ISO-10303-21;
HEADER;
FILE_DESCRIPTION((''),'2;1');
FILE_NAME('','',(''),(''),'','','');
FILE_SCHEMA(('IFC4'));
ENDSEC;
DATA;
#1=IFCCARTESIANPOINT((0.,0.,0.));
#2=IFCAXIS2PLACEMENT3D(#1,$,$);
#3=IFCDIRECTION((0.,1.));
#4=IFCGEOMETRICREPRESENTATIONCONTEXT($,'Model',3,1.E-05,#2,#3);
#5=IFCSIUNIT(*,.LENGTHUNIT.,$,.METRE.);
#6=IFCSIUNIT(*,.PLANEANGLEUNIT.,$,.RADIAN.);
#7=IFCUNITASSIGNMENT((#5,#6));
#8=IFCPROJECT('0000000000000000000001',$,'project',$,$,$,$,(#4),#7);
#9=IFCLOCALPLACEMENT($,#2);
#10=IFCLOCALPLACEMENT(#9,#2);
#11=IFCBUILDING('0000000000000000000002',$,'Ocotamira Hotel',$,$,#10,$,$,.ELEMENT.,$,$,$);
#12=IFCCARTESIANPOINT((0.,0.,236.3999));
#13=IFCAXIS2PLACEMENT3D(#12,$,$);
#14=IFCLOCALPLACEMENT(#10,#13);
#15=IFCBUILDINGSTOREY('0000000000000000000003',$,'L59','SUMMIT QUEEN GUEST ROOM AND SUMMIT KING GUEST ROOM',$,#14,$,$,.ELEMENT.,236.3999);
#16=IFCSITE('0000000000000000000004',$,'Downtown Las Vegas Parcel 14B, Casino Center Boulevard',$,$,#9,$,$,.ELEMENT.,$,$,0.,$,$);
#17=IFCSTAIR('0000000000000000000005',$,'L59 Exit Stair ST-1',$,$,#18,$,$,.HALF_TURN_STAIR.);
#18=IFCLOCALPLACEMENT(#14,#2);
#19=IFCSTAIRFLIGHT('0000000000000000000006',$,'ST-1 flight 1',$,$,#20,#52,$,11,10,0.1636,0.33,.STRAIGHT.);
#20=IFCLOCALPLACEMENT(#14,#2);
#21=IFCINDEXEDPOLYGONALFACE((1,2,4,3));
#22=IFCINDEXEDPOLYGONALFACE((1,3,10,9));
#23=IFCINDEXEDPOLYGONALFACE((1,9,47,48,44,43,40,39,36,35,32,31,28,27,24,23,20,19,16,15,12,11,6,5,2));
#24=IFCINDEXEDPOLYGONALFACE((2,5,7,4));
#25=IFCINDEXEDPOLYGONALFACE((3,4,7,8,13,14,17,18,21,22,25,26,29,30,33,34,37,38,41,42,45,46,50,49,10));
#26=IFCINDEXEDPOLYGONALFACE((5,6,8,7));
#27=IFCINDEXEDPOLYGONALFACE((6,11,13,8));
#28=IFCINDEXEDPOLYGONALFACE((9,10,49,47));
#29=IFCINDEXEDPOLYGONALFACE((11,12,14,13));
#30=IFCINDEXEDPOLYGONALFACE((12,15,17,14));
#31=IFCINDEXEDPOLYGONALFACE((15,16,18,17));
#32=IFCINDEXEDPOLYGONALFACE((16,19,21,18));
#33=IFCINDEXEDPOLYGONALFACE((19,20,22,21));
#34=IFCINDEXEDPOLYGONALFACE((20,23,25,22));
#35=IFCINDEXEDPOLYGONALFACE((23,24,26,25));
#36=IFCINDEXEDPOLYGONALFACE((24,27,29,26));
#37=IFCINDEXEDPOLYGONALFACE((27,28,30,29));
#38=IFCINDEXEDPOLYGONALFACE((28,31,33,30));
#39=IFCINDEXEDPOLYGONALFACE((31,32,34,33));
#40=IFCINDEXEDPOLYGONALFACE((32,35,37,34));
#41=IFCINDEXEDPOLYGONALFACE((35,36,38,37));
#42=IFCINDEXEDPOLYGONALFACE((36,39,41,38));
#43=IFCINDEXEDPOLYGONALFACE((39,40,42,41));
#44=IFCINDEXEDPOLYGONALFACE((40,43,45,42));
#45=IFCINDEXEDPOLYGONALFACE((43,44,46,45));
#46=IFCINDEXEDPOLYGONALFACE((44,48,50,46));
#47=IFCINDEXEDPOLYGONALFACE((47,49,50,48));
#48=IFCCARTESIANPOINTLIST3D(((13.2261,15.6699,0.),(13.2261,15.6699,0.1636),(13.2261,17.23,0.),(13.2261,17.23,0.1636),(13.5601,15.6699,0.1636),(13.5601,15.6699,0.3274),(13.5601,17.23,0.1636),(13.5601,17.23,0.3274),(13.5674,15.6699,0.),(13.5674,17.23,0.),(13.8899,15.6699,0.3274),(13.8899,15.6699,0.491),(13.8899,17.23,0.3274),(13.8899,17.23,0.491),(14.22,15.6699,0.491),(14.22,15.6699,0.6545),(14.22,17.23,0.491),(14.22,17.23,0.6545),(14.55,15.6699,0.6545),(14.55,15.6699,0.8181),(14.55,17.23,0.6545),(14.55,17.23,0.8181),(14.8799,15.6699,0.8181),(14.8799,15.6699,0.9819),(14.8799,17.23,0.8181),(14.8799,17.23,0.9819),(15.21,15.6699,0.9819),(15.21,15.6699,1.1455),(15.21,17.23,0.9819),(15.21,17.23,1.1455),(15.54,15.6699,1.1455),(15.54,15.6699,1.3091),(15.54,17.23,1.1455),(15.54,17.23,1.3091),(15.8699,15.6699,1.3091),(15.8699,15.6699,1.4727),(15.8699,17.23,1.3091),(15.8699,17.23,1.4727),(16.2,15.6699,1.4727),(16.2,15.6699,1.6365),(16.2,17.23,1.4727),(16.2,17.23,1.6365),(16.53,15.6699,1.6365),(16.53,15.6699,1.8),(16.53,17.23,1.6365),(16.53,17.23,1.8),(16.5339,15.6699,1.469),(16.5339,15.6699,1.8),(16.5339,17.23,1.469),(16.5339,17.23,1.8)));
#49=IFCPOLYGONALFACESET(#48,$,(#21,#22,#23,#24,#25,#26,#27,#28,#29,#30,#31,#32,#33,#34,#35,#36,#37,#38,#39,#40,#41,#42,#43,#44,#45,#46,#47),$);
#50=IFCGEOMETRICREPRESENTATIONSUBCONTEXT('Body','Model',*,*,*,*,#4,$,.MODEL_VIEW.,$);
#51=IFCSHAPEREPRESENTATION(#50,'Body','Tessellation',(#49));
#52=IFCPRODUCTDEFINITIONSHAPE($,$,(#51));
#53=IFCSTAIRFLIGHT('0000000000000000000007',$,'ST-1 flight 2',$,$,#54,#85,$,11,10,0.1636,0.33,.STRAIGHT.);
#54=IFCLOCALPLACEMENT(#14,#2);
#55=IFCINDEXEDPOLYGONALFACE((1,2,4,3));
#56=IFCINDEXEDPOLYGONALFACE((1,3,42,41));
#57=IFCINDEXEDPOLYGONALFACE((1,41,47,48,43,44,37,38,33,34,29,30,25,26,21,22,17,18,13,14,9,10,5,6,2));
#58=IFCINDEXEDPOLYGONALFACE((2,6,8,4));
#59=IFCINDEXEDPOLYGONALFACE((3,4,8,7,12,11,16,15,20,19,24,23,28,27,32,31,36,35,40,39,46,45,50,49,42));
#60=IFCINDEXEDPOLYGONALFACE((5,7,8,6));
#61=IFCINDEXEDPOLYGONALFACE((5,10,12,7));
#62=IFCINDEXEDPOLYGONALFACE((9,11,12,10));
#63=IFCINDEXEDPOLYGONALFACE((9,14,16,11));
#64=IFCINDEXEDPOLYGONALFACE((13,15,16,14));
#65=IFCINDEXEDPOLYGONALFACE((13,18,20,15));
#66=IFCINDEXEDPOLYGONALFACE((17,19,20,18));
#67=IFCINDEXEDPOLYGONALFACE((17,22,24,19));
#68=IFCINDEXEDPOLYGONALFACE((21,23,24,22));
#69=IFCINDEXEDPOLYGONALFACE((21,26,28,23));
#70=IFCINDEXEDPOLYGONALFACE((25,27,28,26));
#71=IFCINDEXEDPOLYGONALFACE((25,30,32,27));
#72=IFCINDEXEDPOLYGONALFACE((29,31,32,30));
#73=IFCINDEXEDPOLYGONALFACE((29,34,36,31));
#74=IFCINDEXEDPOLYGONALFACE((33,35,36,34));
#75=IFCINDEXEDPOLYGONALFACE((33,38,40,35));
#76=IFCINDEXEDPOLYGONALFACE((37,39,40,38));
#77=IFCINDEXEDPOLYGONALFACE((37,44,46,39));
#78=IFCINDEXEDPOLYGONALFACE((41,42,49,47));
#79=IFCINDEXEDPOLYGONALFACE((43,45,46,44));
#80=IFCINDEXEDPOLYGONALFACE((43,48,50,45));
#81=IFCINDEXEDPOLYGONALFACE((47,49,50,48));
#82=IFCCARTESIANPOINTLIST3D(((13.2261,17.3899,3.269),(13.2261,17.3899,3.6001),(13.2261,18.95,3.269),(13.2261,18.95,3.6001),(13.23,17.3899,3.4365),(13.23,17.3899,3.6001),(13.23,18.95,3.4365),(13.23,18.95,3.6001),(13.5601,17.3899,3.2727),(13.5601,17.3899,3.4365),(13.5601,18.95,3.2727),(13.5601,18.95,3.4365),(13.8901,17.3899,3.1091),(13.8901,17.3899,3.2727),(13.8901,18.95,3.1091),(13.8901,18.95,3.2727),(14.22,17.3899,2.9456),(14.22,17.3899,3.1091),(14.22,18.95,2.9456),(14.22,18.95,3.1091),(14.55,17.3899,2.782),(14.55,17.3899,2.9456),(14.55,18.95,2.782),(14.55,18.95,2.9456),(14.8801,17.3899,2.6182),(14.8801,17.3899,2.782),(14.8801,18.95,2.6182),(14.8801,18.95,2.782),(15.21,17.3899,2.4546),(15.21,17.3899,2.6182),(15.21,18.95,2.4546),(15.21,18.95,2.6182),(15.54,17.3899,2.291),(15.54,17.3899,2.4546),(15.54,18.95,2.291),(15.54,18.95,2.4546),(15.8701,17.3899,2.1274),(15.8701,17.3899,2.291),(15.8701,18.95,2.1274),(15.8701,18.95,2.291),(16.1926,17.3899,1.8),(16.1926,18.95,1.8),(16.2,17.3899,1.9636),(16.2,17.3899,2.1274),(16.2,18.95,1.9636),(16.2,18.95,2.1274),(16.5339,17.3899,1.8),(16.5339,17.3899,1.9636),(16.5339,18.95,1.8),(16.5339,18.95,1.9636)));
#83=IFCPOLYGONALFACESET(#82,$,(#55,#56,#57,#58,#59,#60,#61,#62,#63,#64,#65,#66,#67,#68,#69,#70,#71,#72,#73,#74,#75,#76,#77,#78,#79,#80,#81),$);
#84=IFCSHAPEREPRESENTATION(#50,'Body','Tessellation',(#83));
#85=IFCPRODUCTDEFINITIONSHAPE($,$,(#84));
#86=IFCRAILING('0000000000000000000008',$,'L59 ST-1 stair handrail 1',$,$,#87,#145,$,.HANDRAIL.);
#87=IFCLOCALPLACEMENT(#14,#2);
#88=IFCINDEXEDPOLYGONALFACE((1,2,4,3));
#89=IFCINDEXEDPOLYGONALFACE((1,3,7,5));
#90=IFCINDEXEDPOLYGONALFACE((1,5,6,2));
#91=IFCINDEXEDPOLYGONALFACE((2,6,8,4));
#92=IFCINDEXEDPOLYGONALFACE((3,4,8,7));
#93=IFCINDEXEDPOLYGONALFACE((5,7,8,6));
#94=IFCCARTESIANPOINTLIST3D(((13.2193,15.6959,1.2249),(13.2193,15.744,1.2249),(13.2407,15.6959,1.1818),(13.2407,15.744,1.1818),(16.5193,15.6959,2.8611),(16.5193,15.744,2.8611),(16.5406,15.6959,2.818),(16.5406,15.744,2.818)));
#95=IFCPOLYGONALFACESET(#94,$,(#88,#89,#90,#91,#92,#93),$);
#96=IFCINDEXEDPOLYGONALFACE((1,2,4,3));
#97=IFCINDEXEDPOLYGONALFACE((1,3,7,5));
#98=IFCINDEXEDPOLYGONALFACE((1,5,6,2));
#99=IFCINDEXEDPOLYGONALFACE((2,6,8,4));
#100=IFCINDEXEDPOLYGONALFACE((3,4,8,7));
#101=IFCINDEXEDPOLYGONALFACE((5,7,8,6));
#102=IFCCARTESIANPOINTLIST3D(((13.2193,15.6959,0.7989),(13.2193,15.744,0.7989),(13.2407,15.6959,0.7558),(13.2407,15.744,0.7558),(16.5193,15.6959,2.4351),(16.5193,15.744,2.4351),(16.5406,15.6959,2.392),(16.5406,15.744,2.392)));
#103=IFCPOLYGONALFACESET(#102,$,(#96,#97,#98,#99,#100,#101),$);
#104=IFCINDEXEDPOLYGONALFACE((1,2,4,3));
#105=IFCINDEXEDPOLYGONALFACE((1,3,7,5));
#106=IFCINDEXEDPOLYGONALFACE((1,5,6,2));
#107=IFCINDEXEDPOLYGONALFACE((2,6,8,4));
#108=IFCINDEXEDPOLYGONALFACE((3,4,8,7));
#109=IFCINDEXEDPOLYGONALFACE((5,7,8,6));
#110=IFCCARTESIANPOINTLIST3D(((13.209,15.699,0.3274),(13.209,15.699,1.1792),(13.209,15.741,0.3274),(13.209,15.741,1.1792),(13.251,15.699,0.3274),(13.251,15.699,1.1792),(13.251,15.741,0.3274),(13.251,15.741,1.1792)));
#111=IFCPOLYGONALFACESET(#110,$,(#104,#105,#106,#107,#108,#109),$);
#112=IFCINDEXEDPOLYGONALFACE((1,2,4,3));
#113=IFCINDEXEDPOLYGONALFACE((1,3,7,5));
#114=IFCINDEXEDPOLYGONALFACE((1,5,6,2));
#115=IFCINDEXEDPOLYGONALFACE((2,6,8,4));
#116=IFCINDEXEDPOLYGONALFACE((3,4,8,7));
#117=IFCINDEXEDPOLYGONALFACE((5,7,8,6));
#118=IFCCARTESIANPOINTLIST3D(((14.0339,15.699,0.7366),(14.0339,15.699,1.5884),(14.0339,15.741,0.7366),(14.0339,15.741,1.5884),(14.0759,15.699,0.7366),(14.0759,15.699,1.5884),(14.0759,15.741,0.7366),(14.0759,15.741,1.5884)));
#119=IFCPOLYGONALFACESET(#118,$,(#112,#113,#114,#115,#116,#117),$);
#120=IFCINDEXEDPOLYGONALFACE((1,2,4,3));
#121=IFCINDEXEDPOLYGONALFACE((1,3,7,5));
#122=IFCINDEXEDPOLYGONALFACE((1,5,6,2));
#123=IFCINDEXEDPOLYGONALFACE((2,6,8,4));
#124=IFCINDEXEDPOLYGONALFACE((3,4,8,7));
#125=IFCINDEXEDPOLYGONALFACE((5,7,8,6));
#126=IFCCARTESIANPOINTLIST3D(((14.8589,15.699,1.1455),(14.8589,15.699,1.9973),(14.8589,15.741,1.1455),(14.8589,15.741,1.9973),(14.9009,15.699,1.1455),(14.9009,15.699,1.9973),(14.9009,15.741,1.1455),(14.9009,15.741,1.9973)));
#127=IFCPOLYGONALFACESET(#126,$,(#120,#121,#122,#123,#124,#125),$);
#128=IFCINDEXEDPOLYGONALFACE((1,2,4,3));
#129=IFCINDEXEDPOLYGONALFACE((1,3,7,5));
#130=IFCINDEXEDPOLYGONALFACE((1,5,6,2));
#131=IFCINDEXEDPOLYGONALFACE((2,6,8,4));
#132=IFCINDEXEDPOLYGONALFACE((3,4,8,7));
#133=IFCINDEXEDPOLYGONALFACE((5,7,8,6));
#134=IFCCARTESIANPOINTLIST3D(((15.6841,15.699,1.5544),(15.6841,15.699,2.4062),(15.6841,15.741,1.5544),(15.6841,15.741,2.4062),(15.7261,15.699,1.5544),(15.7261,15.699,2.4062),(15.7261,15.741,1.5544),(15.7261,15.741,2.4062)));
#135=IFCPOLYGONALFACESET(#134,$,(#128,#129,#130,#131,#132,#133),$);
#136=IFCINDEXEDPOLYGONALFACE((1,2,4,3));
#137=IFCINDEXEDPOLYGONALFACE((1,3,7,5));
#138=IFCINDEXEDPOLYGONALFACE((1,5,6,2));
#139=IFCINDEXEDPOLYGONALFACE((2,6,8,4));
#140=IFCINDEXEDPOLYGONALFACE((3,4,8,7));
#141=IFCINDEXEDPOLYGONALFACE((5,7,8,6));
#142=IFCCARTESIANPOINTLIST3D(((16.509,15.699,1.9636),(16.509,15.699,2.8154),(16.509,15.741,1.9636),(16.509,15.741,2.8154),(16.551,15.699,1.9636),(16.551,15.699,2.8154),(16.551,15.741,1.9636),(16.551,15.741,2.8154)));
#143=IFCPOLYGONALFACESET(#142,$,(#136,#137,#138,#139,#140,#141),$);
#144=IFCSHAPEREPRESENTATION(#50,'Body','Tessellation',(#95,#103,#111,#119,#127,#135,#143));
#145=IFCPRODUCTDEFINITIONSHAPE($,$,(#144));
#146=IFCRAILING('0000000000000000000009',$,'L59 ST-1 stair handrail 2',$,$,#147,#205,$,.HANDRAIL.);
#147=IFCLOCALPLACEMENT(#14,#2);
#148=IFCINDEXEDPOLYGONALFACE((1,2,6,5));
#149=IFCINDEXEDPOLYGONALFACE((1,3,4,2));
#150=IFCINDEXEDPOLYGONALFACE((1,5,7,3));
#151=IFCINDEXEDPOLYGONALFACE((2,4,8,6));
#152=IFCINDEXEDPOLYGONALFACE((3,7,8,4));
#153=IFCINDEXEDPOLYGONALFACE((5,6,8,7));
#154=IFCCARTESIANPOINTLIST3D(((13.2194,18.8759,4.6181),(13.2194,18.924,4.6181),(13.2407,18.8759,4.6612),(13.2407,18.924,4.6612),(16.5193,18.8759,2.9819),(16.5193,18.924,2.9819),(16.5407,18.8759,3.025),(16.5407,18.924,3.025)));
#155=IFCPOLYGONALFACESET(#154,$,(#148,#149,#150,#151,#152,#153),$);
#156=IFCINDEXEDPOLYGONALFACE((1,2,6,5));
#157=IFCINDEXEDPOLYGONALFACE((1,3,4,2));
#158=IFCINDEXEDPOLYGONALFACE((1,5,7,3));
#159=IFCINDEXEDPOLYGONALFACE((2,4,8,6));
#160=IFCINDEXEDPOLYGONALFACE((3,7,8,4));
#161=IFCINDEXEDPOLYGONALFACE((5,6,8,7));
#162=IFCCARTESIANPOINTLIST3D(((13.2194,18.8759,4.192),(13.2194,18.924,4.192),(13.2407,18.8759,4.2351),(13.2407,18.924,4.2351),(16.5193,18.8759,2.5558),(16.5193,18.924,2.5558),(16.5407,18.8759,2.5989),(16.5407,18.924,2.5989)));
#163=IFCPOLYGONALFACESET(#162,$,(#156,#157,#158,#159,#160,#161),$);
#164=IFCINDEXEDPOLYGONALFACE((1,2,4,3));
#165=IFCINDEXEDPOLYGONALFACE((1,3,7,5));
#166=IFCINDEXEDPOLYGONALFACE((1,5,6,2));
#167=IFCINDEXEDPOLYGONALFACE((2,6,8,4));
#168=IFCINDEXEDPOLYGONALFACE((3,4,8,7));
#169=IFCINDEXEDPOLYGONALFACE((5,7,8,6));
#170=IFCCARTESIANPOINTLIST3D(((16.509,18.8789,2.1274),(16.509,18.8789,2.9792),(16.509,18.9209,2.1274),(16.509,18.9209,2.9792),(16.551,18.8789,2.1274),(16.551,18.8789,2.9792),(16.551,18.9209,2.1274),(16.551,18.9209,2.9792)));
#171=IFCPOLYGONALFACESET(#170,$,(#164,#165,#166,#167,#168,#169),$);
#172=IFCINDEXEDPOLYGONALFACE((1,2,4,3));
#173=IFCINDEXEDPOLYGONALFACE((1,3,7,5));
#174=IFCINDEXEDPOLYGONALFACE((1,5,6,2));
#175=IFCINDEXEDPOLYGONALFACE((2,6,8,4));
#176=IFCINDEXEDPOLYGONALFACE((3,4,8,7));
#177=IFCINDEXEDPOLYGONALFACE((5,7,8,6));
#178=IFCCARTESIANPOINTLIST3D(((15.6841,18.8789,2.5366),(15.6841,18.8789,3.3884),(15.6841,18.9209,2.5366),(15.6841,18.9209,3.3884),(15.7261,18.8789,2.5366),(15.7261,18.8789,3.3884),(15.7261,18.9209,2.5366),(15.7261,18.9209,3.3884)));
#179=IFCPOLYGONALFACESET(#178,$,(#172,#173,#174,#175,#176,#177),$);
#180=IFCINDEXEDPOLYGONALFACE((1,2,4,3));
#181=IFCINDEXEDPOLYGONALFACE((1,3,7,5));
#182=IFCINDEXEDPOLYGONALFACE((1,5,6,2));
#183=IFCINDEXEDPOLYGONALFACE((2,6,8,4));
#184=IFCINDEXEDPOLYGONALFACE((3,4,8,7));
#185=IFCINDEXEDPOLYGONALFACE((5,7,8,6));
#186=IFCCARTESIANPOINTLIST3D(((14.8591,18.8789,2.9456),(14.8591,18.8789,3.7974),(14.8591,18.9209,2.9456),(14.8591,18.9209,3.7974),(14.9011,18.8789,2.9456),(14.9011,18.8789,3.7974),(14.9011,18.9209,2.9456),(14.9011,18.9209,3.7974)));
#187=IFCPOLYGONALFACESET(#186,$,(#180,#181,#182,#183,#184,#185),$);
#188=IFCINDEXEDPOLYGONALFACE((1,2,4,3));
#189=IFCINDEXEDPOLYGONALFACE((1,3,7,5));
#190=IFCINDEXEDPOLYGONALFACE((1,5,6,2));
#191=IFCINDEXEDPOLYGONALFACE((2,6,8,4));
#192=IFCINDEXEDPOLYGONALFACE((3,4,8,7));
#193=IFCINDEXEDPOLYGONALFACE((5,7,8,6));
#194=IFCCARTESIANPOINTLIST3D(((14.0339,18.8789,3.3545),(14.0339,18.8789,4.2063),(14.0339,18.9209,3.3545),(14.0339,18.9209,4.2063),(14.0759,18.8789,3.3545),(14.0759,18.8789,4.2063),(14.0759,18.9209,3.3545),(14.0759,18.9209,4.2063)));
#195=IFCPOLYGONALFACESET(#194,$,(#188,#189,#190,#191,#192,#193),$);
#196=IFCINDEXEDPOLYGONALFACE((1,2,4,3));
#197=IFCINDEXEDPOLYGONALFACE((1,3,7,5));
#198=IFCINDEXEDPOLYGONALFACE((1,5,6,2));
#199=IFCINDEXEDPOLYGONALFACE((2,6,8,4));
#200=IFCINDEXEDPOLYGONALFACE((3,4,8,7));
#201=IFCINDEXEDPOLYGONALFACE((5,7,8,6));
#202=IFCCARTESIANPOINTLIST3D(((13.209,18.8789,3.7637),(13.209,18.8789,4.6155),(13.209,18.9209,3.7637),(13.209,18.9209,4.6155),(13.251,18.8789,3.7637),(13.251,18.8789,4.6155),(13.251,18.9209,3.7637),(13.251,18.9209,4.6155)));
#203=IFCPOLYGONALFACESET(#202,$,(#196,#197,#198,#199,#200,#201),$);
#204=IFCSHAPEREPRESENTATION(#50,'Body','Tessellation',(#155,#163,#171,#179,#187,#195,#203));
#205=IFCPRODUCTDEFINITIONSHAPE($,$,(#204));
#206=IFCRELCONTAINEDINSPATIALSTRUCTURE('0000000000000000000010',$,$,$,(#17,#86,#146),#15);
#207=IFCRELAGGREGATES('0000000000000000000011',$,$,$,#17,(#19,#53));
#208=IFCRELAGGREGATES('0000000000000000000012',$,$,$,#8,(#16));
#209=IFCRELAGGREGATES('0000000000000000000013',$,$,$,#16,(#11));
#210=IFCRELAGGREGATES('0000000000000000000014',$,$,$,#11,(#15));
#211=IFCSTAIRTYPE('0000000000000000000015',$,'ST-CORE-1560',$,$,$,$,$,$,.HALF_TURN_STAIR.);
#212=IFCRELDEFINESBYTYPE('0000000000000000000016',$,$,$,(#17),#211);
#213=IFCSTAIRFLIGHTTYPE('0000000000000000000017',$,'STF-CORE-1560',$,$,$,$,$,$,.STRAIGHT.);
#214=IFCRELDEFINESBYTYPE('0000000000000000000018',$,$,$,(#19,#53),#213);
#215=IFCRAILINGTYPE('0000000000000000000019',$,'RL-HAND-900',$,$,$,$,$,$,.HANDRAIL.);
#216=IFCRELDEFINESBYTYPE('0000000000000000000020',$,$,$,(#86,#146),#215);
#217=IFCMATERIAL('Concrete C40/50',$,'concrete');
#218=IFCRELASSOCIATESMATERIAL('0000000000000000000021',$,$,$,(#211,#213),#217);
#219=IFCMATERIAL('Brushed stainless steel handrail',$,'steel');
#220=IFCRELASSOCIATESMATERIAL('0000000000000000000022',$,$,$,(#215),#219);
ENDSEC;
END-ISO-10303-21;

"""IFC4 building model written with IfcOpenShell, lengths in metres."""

from ifc_helpers import new_model, si_unit, direction, frame, origin, origin_2d, place, context, subcontext, project, spatial, polyline, rectangle, outline, extrude, source, transform, mapped, material, type_object, element, aggregate, save


model = new_model("IFC4")

# Units and contexts
model_context = context("Model", 3, precision=1e-05, world=origin(), true_north=direction((0.0, 1.0)))
body_context = subcontext(model_context, "Body", "Model", "MODEL_VIEW")
ifc_project = project(units=[si_unit("LENGTHUNIT", "METRE"), si_unit("PLANEANGLEUNIT", "RADIAN")], contexts=[model_context])

# Site, building, storey
site_placement = place(None, origin())
site = spatial("IfcSite", under=ifc_project, at=site_placement, Name="Downtown Las Vegas Parcel 14B, Casino Center Boulevard", CompositionType="ELEMENT", RefElevation=0.0)
building_placement = place(site_placement, origin())
building = spatial("IfcBuilding", under=site, at=building_placement, Name="Ocotamira Hotel", CompositionType="ELEMENT")
storey_placement = place(building_placement, frame((0.0, 0.0, 236.3999)))
storey = spatial("IfcBuildingStorey", under=building, at=storey_placement, Name="L59", Description="SUMMIT QUEEN GUEST ROOM AND SUMMIT KING GUEST ROOM", CompositionType="ELEMENT", Elevation=236.3999)

# Stair, stair flights
ifc_material_1 = material(Name="Concrete C40/50", Category="concrete")
stair_type = type_object("IfcStairType", Name="ST-CORE-1560", PredefinedType="HALF_TURN_STAIR", material=ifc_material_1)
stair_placement = place(storey_placement, origin())
stair = element("IfcStair", 1, at=stair_placement, inside=storey, type_object=stair_type, Name="L59 Exit Stair ST-1", PredefinedType="HALF_TURN_STAIR")
stair_flight_type = type_object("IfcStairFlightType", Name="STF-CORE-1560", PredefinedType="STRAIGHT", material=ifc_material_1)
shared_shape_1 = source(origin(), body_context, "Body", "SweptSolid", [
    extrude(outline(polyline([(-0.0039, 0.0), (-0.0039, 0.1636), (0.3301, 0.1636), (0.3301, 0.3274), (0.6599, 0.3274), (0.6599, 0.491), (0.99, 0.491), (0.99, 0.6545), (1.3201, 0.6545), (1.3201, 0.8181), (1.6499, 0.8181), (1.6499, 0.9819), (1.98, 0.9819), (1.98, 1.1455), (2.3101, 1.1455), (2.3101, 1.3091), (2.6399, 1.3091), (2.6399, 1.4727), (2.97, 1.4727), (2.97, 1.6365), (3.3, 1.6365), (3.3, 1.8), (3.304, 1.8), (3.304, 1.469), (0.3374, 0.0), (-0.0039, 0.0)])), frame((0.0, 0.78, 0.0), z_axis=(0.0, -1.0, 0.0), x_axis=(1.0, 0.0, 0.0)), (0.0, 0.0, 1.0), 1.5601),
])
stair_flight_1_placement = place(storey_placement, frame((13.23, 16.45, 0.0), z_axis=(0.0, 0.0, 1.0), x_axis=(1.0, 0.0, 0.0)))
stair_flight_1 = element("IfcStairFlight", 2, at=stair_flight_1_placement, type_object=stair_flight_type, Name="ST-1 flight 1", NumberOfRisers=11, NumberOfTreads=10, PredefinedType="STRAIGHT", RiserHeight=0.1636, TreadLength=0.33, context=body_context, shape_type="MappedRepresentation", body=[
    mapped(shared_shape_1, transform((0.0, 0.0, 0.0), scale=1.0)),
])
stair_flight_2_placement = place(storey_placement, frame((16.53, 18.1699, 1.8), z_axis=(0.0, 0.0, 1.0), x_axis=(-1.0, 0.0, 0.0)))
stair_flight_2 = element("IfcStairFlight", 3, at=stair_flight_2_placement, type_object=stair_flight_type, Name="ST-1 flight 2", NumberOfRisers=11, NumberOfTreads=10, PredefinedType="STRAIGHT", RiserHeight=0.1636, TreadLength=0.33, context=body_context, shape_type="MappedRepresentation", body=[
    mapped(shared_shape_1, transform((0.0, 0.0, 0.0), scale=1.0)),
])
aggregate(stair, [stair_flight_1, stair_flight_2])

# Railings
ifc_material_2 = material(Name="Brushed stainless steel handrail", Category="steel")
railing_type_1 = type_object("IfcRailingType", Name="RL-HAND-900", PredefinedType="HANDRAIL", material=ifc_material_2)
railing_1_placement = place(storey_placement, frame((13.23, 15.72, 0.3274)))
element("IfcRailing", 4, at=railing_1_placement, inside=storey, type_object=railing_type_1, Name="L59 ST-1 stair handrail 1", PredefinedType="HANDRAIL", context=body_context, shape_type="SweptSolid", body=[
    extrude(rectangle(XDim=0.0481, YDim=0.0481, at=origin_2d()), frame((0.0, 0.0, 0.876), z_axis=(0.89592, 0.0, 0.444215), x_axis=(0.0, 1.0, 0.0)), (0.0, 0.0, 1.0), 3.6833),
    extrude(rectangle(XDim=0.0481, YDim=0.0481, at=origin_2d()), frame((0.0, 0.0, 0.45), z_axis=(0.89592, 0.0, 0.444215), x_axis=(0.0, 1.0, 0.0)), (0.0, 0.0, 1.0), 3.6833),
    extrude(rectangle(XDim=0.042, YDim=0.042, at=origin_2d()), origin(), (0.0, 0.0, 1.0), 0.8518),
    extrude(rectangle(XDim=0.042, YDim=0.042, at=origin_2d()), frame((0.825, 0.0, 0.4092)), (0.0, 0.0, 1.0), 0.8518),
    extrude(rectangle(XDim=0.042, YDim=0.042, at=origin_2d()), frame((1.6499, 0.0, 0.8181)), (0.0, 0.0, 1.0), 0.8518),
    extrude(rectangle(XDim=0.042, YDim=0.042, at=origin_2d()), frame((2.4751, 0.0, 1.2271)), (0.0, 0.0, 1.0), 0.8518),
    extrude(rectangle(XDim=0.042, YDim=0.042, at=origin_2d()), frame((3.3, 0.0, 1.6362)), (0.0, 0.0, 1.0), 0.8518),
])
railing_2_placement = place(storey_placement, frame((16.53, 18.8999, 2.1274)))
element("IfcRailing", 5, at=railing_2_placement, inside=storey, type_object=railing_type_1, Name="L59 ST-1 stair handrail 2", PredefinedType="HANDRAIL", context=body_context, shape_type="SweptSolid", body=[
    extrude(rectangle(XDim=0.0481, YDim=0.0481, at=origin_2d()), frame((0.0, 0.0, 0.876), z_axis=(-0.89592, 0.0, 0.444215), x_axis=(0.0, -1.0, 0.0)), (0.0, 0.0, 1.0), 3.6833),
    extrude(rectangle(XDim=0.0481, YDim=0.0481, at=origin_2d()), frame((0.0, 0.0, 0.45), z_axis=(-0.89592, 0.0, 0.444215), x_axis=(0.0, -1.0, 0.0)), (0.0, 0.0, 1.0), 3.6833),
    extrude(rectangle(XDim=0.042, YDim=0.042, at=origin_2d()), origin(), (0.0, 0.0, 1.0), 0.8518),
    extrude(rectangle(XDim=0.042, YDim=0.042, at=origin_2d()), frame((-0.825, 0.0, 0.4092)), (0.0, 0.0, 1.0), 0.8518),
    extrude(rectangle(XDim=0.042, YDim=0.042, at=origin_2d()), frame((-1.6499, 0.0, 0.8181)), (0.0, 0.0, 1.0), 0.8518),
    extrude(rectangle(XDim=0.042, YDim=0.042, at=origin_2d()), frame((-2.4751, 0.0, 1.2271)), (0.0, 0.0, 1.0), 0.8518),
    extrude(rectangle(XDim=0.042, YDim=0.042, at=origin_2d()), frame((-3.3, 0.0, 1.6362)), (0.0, 0.0, 1.0), 0.8518),
])

save(model, "model.ifc")
